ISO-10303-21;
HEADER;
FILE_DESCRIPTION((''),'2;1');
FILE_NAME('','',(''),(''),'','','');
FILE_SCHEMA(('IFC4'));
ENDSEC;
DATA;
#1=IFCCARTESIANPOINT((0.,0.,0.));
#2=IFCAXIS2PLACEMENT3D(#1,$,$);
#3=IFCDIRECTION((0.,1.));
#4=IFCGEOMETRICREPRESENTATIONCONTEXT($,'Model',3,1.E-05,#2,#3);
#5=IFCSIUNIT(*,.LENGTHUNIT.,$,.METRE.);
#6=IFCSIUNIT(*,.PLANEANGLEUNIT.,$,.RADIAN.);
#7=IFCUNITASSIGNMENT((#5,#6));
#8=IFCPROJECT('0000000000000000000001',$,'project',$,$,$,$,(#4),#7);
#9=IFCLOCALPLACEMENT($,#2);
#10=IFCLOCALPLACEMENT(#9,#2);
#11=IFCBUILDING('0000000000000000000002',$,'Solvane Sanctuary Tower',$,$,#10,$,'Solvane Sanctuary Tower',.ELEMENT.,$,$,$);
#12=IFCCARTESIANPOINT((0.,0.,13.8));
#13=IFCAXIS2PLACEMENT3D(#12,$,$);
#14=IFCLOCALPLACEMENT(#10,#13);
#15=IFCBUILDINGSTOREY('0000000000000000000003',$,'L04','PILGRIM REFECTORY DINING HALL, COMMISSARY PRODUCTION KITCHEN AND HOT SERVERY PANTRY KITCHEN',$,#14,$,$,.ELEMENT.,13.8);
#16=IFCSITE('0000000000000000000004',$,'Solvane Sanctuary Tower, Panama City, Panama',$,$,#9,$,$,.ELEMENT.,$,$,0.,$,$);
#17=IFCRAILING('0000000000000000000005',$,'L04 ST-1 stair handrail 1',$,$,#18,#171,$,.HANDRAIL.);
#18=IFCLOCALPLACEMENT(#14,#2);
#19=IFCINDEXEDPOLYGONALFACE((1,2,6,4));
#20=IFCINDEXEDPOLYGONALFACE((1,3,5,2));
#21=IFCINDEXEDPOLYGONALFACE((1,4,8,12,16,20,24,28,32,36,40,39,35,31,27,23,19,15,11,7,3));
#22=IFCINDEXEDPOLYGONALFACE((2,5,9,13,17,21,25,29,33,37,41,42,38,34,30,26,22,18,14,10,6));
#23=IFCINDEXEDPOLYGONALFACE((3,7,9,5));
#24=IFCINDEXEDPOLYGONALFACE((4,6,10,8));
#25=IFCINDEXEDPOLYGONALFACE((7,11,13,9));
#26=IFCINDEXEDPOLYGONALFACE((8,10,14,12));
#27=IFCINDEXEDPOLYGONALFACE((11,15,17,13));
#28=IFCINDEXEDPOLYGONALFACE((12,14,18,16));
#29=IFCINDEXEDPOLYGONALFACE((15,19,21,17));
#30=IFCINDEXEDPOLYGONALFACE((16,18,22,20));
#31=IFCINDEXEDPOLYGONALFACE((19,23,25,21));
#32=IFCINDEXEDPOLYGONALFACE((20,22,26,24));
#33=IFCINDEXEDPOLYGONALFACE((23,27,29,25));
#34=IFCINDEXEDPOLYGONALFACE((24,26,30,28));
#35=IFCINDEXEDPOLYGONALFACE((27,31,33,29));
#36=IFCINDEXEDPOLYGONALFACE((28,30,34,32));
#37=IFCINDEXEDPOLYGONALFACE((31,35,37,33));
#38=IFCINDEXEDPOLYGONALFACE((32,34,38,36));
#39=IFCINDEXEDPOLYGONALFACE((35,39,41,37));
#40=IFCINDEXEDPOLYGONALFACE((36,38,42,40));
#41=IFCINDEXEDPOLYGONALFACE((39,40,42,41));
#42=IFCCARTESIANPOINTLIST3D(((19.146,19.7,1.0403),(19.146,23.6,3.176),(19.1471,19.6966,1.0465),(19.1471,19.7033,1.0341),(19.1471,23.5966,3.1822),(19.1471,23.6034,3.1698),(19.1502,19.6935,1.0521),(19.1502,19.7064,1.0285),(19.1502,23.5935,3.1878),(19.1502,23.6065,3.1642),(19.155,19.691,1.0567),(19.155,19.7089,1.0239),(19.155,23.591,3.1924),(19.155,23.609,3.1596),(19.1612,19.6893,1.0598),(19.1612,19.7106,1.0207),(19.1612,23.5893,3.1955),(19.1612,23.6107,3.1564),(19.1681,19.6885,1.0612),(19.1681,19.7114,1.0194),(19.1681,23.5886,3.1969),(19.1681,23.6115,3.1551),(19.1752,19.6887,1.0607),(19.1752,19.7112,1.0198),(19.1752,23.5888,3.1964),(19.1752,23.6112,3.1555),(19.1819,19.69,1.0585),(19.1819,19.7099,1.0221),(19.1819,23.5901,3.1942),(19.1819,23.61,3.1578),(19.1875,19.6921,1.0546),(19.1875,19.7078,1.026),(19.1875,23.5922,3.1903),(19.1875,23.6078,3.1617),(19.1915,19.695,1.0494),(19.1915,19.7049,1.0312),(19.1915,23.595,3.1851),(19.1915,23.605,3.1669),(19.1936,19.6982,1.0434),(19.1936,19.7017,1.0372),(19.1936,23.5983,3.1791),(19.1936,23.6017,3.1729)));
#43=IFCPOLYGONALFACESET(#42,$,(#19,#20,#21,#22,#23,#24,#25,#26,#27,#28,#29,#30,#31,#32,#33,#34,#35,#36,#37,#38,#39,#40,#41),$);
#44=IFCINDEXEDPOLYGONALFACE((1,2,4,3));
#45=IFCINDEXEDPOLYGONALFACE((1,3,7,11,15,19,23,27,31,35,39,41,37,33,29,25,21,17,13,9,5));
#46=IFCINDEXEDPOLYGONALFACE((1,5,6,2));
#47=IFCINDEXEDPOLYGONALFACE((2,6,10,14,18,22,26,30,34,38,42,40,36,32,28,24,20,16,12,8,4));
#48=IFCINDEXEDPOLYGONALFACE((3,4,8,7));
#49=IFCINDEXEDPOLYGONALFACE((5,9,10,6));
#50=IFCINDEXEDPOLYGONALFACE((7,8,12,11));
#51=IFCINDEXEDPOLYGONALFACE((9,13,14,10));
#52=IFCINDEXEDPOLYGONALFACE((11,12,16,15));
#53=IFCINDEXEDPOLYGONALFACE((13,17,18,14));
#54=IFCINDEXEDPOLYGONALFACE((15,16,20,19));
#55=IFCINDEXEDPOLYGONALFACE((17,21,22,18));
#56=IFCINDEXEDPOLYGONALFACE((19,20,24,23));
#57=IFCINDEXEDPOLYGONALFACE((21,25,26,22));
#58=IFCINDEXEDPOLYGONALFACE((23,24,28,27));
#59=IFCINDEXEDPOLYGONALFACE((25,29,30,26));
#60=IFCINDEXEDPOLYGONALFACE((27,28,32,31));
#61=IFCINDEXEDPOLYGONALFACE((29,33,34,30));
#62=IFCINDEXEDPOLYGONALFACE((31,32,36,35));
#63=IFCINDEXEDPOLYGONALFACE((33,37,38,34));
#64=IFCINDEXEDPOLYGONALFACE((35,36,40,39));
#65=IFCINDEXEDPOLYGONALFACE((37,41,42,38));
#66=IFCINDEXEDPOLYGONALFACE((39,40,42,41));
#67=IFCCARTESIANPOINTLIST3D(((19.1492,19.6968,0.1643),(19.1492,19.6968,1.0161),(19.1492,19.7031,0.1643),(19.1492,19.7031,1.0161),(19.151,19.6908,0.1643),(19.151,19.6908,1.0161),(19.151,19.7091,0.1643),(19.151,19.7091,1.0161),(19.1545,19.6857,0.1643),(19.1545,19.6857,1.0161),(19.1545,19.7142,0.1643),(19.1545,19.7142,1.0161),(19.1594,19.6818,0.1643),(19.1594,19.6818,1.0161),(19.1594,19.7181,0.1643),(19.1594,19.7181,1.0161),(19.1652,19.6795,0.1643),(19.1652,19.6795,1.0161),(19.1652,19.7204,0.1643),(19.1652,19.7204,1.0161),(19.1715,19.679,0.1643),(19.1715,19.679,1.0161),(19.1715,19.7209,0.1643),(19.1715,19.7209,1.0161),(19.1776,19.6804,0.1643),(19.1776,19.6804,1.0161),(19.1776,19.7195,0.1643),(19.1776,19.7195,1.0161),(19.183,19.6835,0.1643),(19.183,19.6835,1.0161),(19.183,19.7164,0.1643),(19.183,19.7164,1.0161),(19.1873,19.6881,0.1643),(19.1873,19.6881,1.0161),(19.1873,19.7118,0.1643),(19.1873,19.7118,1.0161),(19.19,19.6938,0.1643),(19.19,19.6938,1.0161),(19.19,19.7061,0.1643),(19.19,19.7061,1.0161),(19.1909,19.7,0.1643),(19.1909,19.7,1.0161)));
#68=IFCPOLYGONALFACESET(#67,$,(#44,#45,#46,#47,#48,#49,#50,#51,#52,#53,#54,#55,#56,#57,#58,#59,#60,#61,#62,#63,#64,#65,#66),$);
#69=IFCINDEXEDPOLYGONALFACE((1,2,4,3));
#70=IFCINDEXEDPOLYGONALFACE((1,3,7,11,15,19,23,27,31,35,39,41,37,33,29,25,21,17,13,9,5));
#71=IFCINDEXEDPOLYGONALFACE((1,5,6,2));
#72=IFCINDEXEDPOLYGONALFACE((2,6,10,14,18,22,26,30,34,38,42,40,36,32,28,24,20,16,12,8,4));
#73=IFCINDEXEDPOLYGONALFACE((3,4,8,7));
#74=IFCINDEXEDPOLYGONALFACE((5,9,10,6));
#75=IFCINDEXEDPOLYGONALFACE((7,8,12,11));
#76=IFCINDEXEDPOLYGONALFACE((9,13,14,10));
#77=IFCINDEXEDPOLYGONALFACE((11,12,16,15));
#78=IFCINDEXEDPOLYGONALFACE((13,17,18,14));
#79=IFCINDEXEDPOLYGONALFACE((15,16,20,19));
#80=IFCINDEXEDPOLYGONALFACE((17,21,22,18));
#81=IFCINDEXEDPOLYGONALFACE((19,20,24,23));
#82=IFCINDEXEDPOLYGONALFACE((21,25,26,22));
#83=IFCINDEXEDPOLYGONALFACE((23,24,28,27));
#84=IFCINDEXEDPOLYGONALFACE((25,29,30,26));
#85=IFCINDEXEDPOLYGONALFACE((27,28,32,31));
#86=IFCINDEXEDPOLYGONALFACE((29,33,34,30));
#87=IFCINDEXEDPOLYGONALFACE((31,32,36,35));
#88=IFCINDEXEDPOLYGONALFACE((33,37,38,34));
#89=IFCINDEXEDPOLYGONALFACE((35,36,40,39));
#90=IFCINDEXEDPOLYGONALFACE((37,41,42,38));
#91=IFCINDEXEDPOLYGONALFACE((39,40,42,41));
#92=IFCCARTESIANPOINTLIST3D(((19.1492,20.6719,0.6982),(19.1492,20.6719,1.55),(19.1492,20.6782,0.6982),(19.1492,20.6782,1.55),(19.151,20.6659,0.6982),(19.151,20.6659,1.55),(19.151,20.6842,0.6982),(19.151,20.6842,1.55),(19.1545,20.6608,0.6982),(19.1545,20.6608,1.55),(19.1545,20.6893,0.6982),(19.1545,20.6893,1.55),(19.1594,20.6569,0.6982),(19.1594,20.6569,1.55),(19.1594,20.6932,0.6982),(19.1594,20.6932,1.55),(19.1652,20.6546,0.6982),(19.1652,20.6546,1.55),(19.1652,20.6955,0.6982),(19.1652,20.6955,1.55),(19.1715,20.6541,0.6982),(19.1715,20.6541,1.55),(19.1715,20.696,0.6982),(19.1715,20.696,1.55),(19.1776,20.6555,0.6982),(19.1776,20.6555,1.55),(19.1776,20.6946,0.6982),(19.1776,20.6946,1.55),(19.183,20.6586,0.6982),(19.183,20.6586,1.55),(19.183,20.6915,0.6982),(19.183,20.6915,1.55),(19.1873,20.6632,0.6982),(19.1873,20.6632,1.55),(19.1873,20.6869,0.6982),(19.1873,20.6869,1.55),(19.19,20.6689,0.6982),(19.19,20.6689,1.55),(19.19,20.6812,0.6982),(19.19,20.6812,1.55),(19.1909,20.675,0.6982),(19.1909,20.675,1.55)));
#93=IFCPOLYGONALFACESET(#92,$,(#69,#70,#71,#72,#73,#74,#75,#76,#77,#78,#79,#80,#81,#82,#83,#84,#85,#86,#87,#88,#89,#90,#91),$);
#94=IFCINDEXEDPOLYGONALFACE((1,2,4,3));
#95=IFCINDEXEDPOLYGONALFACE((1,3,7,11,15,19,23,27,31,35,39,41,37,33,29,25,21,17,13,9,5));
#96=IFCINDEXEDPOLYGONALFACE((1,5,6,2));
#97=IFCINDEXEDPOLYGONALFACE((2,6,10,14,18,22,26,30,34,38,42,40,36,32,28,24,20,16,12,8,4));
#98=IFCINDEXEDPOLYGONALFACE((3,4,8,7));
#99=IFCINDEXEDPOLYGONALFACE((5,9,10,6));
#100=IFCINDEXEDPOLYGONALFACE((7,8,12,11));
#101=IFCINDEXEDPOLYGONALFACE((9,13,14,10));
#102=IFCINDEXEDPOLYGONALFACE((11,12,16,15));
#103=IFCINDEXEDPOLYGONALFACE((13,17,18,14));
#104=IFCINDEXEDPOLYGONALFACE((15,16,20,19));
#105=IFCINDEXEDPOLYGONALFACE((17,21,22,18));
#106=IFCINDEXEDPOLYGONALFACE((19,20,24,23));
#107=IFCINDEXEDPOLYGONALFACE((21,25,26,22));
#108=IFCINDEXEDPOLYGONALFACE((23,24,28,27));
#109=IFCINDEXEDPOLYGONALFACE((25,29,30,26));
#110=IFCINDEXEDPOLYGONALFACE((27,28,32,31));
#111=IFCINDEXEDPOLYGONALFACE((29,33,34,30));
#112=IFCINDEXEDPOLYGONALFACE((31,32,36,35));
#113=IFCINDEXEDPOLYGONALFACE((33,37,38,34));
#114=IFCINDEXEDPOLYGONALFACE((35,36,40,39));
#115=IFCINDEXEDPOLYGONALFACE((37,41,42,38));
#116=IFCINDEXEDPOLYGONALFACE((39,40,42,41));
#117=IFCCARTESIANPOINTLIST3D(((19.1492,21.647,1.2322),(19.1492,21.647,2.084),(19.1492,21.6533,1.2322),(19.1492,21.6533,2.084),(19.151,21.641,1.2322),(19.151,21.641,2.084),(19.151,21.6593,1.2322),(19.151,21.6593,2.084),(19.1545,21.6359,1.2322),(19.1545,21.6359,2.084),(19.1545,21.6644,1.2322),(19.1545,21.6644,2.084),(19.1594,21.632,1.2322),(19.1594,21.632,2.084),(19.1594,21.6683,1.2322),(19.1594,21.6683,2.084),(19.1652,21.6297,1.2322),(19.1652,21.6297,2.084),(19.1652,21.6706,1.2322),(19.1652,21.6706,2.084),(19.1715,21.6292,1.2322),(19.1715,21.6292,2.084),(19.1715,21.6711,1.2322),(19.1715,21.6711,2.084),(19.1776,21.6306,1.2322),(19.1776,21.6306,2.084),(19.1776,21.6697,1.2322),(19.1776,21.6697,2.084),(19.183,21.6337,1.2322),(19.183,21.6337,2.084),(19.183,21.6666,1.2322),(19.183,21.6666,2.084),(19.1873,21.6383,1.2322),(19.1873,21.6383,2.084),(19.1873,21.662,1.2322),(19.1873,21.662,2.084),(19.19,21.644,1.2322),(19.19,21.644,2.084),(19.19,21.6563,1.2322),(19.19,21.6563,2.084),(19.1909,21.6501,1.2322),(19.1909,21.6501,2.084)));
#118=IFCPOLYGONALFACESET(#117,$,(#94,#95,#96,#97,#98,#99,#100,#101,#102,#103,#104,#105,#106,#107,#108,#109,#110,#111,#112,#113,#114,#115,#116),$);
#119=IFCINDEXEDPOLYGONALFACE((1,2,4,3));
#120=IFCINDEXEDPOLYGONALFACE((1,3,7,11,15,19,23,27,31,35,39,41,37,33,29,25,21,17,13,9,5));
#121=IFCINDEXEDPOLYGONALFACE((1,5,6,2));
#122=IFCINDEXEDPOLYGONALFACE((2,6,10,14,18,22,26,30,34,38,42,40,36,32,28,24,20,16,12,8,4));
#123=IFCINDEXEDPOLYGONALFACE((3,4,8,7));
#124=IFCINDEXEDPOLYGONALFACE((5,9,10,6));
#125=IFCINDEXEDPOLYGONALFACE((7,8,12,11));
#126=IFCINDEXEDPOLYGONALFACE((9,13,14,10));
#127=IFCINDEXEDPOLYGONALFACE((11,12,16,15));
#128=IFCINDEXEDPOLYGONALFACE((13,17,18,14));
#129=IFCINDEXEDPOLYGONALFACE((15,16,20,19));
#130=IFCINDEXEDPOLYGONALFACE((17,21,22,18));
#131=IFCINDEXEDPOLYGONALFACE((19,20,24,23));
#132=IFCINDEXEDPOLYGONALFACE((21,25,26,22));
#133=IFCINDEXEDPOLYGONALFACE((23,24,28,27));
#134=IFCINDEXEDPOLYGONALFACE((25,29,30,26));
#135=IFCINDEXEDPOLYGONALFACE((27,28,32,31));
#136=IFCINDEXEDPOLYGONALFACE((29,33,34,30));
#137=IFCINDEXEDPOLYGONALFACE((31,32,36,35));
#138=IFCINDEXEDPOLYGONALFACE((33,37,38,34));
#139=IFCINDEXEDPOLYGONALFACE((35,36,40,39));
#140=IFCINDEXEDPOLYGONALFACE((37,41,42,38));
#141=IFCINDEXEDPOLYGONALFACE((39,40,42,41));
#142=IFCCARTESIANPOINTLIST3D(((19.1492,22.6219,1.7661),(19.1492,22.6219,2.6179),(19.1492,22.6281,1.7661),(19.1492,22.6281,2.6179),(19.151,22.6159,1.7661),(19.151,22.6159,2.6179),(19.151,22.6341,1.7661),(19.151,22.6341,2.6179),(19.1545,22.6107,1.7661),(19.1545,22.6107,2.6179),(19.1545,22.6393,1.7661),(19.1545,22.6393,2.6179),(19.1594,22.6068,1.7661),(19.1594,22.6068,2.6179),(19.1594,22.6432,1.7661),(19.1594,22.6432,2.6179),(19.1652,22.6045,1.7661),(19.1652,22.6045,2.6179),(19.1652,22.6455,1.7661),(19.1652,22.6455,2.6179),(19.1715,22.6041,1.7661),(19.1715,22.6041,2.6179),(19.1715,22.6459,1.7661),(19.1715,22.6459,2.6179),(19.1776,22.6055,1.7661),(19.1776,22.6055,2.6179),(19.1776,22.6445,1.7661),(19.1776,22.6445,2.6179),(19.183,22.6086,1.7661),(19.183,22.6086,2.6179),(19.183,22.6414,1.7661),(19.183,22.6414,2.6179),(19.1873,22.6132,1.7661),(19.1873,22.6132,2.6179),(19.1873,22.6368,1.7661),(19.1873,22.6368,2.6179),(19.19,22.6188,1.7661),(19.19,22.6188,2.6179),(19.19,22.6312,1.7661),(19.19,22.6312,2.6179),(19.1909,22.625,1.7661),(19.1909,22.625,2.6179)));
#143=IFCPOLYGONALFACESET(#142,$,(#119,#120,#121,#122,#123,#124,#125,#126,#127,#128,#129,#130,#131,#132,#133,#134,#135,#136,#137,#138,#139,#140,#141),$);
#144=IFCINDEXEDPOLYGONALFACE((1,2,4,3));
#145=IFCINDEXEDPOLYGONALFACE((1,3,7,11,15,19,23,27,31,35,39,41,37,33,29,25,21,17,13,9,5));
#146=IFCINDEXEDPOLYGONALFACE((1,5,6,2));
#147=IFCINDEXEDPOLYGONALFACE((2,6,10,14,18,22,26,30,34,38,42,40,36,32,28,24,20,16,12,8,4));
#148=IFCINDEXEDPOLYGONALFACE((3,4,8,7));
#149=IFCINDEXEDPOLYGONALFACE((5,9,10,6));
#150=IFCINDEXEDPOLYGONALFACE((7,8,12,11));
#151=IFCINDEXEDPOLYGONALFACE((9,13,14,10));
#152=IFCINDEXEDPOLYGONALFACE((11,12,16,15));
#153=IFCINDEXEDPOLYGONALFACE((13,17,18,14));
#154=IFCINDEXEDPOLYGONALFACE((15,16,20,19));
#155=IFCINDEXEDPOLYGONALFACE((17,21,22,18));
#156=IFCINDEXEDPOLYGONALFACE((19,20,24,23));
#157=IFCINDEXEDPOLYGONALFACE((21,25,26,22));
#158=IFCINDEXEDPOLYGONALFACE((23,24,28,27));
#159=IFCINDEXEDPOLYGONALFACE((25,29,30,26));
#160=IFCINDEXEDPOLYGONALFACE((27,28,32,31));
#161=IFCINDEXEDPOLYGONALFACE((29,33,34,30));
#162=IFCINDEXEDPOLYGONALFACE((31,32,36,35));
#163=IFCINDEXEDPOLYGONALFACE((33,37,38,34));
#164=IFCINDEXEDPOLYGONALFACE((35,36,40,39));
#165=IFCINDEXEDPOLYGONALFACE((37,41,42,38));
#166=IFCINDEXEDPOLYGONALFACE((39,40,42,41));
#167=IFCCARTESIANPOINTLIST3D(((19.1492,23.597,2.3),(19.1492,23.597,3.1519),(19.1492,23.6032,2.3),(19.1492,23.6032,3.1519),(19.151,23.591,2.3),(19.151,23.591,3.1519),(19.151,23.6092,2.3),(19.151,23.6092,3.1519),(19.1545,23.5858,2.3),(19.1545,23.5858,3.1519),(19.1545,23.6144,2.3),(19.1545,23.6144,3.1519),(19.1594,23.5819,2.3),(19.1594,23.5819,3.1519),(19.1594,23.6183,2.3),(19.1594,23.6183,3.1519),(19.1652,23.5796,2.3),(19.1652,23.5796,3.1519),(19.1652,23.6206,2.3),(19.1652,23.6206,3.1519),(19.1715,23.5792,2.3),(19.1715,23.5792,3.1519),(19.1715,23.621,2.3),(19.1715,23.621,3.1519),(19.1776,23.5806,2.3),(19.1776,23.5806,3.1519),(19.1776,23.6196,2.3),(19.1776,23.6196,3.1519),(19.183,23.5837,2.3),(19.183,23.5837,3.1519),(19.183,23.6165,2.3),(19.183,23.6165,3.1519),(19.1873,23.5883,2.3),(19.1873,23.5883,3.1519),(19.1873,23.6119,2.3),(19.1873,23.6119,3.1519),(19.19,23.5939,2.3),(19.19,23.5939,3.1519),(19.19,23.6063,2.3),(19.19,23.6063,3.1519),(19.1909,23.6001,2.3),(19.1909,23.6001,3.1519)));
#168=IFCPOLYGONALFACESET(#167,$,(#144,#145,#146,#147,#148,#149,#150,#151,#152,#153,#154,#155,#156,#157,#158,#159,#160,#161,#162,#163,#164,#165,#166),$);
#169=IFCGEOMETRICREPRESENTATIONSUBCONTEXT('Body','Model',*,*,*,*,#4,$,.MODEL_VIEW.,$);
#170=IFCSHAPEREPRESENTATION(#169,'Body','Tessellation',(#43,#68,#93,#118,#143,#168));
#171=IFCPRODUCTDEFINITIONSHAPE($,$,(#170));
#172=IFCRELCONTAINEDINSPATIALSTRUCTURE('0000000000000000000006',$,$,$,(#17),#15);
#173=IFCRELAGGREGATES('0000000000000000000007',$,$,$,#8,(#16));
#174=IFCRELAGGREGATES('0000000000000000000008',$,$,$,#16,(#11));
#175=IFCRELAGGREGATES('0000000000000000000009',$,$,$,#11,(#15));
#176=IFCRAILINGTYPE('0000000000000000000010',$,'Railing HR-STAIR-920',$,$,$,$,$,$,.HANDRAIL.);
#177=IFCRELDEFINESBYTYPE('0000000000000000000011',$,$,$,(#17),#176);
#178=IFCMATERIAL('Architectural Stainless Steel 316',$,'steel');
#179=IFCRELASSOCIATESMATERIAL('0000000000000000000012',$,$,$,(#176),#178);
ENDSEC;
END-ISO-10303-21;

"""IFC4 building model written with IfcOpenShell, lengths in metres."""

from ifc_helpers import new_model, si_unit, direction, frame, origin, origin_2d, place, context, subcontext, project, spatial, circle, extrude, material, type_object, element, save


model = new_model("IFC4")

# Units and contexts
model_context = context("Model", 3, precision=1e-05, world=origin(), true_north=direction((0.0, 1.0)))
body_context = subcontext(model_context, "Body", "Model", "MODEL_VIEW")
ifc_project = project(units=[si_unit("LENGTHUNIT", "METRE"), si_unit("PLANEANGLEUNIT", "RADIAN")], contexts=[model_context])

# Site, building, storey
site_placement = place(None, origin())
site = spatial("IfcSite", under=ifc_project, at=site_placement, Name="Solvane Sanctuary Tower, Panama City, Panama", CompositionType="ELEMENT", RefElevation=0.0)
building_placement = place(site_placement, origin())
building = spatial("IfcBuilding", under=site, at=building_placement, Name="Solvane Sanctuary Tower", LongName="Solvane Sanctuary Tower", CompositionType="ELEMENT")
storey_placement = place(building_placement, frame((0.0, 0.0, 13.8)))
storey = spatial("IfcBuildingStorey", under=building, at=storey_placement, Name="L04", Description="PILGRIM REFECTORY DINING HALL, COMMISSARY PRODUCTION KITCHEN AND HOT SERVERY PANTRY KITCHEN", CompositionType="ELEMENT", Elevation=13.8)

# Railing
ifc_material_1 = material(Name="Architectural Stainless Steel 316", Category="steel")
railing_type_1 = type_object("IfcRailingType", Name="Railing HR-STAIR-920", PredefinedType="HANDRAIL", material=ifc_material_1)
railing_1_placement = place(storey_placement, frame((19.1699, 19.7, 0.1643)))
element("IfcRailing", 1, at=railing_1_placement, inside=storey, type_object=railing_type_1, Name="L04 ST-1 stair handrail 1", PredefinedType="HANDRAIL", context=body_context, shape_type="SweptSolid", body=[
    extrude(circle(Radius=0.0239, at=origin_2d()), frame((0.0, 0.0, 0.876), z_axis=(0.0, 0.877101, 0.480306), x_axis=(-1.0, 0.0, 0.0)), (0.0, 0.0, 1.0), 4.4465),
    extrude(circle(Radius=0.021, at=origin_2d()), origin(), (0.0, 0.0, 1.0), 0.8518),
    extrude(circle(Radius=0.021, at=origin_2d()), frame((0.0, 0.9751, 0.5339)), (0.0, 0.0, 1.0), 0.8518),
    extrude(circle(Radius=0.021, at=origin_2d()), frame((0.0, 1.9502, 1.0679)), (0.0, 0.0, 1.0), 0.8518),
    extrude(circle(Radius=0.021, at=origin_2d()), frame((0.0, 2.925, 1.6018)), (0.0, 0.0, 1.0), 0.8518),
    extrude(circle(Radius=0.021, at=origin_2d()), frame((0.0, 3.9001, 2.1357)), (0.0, 0.0, 1.0), 0.8518),
])

save(model, "model.ifc")
